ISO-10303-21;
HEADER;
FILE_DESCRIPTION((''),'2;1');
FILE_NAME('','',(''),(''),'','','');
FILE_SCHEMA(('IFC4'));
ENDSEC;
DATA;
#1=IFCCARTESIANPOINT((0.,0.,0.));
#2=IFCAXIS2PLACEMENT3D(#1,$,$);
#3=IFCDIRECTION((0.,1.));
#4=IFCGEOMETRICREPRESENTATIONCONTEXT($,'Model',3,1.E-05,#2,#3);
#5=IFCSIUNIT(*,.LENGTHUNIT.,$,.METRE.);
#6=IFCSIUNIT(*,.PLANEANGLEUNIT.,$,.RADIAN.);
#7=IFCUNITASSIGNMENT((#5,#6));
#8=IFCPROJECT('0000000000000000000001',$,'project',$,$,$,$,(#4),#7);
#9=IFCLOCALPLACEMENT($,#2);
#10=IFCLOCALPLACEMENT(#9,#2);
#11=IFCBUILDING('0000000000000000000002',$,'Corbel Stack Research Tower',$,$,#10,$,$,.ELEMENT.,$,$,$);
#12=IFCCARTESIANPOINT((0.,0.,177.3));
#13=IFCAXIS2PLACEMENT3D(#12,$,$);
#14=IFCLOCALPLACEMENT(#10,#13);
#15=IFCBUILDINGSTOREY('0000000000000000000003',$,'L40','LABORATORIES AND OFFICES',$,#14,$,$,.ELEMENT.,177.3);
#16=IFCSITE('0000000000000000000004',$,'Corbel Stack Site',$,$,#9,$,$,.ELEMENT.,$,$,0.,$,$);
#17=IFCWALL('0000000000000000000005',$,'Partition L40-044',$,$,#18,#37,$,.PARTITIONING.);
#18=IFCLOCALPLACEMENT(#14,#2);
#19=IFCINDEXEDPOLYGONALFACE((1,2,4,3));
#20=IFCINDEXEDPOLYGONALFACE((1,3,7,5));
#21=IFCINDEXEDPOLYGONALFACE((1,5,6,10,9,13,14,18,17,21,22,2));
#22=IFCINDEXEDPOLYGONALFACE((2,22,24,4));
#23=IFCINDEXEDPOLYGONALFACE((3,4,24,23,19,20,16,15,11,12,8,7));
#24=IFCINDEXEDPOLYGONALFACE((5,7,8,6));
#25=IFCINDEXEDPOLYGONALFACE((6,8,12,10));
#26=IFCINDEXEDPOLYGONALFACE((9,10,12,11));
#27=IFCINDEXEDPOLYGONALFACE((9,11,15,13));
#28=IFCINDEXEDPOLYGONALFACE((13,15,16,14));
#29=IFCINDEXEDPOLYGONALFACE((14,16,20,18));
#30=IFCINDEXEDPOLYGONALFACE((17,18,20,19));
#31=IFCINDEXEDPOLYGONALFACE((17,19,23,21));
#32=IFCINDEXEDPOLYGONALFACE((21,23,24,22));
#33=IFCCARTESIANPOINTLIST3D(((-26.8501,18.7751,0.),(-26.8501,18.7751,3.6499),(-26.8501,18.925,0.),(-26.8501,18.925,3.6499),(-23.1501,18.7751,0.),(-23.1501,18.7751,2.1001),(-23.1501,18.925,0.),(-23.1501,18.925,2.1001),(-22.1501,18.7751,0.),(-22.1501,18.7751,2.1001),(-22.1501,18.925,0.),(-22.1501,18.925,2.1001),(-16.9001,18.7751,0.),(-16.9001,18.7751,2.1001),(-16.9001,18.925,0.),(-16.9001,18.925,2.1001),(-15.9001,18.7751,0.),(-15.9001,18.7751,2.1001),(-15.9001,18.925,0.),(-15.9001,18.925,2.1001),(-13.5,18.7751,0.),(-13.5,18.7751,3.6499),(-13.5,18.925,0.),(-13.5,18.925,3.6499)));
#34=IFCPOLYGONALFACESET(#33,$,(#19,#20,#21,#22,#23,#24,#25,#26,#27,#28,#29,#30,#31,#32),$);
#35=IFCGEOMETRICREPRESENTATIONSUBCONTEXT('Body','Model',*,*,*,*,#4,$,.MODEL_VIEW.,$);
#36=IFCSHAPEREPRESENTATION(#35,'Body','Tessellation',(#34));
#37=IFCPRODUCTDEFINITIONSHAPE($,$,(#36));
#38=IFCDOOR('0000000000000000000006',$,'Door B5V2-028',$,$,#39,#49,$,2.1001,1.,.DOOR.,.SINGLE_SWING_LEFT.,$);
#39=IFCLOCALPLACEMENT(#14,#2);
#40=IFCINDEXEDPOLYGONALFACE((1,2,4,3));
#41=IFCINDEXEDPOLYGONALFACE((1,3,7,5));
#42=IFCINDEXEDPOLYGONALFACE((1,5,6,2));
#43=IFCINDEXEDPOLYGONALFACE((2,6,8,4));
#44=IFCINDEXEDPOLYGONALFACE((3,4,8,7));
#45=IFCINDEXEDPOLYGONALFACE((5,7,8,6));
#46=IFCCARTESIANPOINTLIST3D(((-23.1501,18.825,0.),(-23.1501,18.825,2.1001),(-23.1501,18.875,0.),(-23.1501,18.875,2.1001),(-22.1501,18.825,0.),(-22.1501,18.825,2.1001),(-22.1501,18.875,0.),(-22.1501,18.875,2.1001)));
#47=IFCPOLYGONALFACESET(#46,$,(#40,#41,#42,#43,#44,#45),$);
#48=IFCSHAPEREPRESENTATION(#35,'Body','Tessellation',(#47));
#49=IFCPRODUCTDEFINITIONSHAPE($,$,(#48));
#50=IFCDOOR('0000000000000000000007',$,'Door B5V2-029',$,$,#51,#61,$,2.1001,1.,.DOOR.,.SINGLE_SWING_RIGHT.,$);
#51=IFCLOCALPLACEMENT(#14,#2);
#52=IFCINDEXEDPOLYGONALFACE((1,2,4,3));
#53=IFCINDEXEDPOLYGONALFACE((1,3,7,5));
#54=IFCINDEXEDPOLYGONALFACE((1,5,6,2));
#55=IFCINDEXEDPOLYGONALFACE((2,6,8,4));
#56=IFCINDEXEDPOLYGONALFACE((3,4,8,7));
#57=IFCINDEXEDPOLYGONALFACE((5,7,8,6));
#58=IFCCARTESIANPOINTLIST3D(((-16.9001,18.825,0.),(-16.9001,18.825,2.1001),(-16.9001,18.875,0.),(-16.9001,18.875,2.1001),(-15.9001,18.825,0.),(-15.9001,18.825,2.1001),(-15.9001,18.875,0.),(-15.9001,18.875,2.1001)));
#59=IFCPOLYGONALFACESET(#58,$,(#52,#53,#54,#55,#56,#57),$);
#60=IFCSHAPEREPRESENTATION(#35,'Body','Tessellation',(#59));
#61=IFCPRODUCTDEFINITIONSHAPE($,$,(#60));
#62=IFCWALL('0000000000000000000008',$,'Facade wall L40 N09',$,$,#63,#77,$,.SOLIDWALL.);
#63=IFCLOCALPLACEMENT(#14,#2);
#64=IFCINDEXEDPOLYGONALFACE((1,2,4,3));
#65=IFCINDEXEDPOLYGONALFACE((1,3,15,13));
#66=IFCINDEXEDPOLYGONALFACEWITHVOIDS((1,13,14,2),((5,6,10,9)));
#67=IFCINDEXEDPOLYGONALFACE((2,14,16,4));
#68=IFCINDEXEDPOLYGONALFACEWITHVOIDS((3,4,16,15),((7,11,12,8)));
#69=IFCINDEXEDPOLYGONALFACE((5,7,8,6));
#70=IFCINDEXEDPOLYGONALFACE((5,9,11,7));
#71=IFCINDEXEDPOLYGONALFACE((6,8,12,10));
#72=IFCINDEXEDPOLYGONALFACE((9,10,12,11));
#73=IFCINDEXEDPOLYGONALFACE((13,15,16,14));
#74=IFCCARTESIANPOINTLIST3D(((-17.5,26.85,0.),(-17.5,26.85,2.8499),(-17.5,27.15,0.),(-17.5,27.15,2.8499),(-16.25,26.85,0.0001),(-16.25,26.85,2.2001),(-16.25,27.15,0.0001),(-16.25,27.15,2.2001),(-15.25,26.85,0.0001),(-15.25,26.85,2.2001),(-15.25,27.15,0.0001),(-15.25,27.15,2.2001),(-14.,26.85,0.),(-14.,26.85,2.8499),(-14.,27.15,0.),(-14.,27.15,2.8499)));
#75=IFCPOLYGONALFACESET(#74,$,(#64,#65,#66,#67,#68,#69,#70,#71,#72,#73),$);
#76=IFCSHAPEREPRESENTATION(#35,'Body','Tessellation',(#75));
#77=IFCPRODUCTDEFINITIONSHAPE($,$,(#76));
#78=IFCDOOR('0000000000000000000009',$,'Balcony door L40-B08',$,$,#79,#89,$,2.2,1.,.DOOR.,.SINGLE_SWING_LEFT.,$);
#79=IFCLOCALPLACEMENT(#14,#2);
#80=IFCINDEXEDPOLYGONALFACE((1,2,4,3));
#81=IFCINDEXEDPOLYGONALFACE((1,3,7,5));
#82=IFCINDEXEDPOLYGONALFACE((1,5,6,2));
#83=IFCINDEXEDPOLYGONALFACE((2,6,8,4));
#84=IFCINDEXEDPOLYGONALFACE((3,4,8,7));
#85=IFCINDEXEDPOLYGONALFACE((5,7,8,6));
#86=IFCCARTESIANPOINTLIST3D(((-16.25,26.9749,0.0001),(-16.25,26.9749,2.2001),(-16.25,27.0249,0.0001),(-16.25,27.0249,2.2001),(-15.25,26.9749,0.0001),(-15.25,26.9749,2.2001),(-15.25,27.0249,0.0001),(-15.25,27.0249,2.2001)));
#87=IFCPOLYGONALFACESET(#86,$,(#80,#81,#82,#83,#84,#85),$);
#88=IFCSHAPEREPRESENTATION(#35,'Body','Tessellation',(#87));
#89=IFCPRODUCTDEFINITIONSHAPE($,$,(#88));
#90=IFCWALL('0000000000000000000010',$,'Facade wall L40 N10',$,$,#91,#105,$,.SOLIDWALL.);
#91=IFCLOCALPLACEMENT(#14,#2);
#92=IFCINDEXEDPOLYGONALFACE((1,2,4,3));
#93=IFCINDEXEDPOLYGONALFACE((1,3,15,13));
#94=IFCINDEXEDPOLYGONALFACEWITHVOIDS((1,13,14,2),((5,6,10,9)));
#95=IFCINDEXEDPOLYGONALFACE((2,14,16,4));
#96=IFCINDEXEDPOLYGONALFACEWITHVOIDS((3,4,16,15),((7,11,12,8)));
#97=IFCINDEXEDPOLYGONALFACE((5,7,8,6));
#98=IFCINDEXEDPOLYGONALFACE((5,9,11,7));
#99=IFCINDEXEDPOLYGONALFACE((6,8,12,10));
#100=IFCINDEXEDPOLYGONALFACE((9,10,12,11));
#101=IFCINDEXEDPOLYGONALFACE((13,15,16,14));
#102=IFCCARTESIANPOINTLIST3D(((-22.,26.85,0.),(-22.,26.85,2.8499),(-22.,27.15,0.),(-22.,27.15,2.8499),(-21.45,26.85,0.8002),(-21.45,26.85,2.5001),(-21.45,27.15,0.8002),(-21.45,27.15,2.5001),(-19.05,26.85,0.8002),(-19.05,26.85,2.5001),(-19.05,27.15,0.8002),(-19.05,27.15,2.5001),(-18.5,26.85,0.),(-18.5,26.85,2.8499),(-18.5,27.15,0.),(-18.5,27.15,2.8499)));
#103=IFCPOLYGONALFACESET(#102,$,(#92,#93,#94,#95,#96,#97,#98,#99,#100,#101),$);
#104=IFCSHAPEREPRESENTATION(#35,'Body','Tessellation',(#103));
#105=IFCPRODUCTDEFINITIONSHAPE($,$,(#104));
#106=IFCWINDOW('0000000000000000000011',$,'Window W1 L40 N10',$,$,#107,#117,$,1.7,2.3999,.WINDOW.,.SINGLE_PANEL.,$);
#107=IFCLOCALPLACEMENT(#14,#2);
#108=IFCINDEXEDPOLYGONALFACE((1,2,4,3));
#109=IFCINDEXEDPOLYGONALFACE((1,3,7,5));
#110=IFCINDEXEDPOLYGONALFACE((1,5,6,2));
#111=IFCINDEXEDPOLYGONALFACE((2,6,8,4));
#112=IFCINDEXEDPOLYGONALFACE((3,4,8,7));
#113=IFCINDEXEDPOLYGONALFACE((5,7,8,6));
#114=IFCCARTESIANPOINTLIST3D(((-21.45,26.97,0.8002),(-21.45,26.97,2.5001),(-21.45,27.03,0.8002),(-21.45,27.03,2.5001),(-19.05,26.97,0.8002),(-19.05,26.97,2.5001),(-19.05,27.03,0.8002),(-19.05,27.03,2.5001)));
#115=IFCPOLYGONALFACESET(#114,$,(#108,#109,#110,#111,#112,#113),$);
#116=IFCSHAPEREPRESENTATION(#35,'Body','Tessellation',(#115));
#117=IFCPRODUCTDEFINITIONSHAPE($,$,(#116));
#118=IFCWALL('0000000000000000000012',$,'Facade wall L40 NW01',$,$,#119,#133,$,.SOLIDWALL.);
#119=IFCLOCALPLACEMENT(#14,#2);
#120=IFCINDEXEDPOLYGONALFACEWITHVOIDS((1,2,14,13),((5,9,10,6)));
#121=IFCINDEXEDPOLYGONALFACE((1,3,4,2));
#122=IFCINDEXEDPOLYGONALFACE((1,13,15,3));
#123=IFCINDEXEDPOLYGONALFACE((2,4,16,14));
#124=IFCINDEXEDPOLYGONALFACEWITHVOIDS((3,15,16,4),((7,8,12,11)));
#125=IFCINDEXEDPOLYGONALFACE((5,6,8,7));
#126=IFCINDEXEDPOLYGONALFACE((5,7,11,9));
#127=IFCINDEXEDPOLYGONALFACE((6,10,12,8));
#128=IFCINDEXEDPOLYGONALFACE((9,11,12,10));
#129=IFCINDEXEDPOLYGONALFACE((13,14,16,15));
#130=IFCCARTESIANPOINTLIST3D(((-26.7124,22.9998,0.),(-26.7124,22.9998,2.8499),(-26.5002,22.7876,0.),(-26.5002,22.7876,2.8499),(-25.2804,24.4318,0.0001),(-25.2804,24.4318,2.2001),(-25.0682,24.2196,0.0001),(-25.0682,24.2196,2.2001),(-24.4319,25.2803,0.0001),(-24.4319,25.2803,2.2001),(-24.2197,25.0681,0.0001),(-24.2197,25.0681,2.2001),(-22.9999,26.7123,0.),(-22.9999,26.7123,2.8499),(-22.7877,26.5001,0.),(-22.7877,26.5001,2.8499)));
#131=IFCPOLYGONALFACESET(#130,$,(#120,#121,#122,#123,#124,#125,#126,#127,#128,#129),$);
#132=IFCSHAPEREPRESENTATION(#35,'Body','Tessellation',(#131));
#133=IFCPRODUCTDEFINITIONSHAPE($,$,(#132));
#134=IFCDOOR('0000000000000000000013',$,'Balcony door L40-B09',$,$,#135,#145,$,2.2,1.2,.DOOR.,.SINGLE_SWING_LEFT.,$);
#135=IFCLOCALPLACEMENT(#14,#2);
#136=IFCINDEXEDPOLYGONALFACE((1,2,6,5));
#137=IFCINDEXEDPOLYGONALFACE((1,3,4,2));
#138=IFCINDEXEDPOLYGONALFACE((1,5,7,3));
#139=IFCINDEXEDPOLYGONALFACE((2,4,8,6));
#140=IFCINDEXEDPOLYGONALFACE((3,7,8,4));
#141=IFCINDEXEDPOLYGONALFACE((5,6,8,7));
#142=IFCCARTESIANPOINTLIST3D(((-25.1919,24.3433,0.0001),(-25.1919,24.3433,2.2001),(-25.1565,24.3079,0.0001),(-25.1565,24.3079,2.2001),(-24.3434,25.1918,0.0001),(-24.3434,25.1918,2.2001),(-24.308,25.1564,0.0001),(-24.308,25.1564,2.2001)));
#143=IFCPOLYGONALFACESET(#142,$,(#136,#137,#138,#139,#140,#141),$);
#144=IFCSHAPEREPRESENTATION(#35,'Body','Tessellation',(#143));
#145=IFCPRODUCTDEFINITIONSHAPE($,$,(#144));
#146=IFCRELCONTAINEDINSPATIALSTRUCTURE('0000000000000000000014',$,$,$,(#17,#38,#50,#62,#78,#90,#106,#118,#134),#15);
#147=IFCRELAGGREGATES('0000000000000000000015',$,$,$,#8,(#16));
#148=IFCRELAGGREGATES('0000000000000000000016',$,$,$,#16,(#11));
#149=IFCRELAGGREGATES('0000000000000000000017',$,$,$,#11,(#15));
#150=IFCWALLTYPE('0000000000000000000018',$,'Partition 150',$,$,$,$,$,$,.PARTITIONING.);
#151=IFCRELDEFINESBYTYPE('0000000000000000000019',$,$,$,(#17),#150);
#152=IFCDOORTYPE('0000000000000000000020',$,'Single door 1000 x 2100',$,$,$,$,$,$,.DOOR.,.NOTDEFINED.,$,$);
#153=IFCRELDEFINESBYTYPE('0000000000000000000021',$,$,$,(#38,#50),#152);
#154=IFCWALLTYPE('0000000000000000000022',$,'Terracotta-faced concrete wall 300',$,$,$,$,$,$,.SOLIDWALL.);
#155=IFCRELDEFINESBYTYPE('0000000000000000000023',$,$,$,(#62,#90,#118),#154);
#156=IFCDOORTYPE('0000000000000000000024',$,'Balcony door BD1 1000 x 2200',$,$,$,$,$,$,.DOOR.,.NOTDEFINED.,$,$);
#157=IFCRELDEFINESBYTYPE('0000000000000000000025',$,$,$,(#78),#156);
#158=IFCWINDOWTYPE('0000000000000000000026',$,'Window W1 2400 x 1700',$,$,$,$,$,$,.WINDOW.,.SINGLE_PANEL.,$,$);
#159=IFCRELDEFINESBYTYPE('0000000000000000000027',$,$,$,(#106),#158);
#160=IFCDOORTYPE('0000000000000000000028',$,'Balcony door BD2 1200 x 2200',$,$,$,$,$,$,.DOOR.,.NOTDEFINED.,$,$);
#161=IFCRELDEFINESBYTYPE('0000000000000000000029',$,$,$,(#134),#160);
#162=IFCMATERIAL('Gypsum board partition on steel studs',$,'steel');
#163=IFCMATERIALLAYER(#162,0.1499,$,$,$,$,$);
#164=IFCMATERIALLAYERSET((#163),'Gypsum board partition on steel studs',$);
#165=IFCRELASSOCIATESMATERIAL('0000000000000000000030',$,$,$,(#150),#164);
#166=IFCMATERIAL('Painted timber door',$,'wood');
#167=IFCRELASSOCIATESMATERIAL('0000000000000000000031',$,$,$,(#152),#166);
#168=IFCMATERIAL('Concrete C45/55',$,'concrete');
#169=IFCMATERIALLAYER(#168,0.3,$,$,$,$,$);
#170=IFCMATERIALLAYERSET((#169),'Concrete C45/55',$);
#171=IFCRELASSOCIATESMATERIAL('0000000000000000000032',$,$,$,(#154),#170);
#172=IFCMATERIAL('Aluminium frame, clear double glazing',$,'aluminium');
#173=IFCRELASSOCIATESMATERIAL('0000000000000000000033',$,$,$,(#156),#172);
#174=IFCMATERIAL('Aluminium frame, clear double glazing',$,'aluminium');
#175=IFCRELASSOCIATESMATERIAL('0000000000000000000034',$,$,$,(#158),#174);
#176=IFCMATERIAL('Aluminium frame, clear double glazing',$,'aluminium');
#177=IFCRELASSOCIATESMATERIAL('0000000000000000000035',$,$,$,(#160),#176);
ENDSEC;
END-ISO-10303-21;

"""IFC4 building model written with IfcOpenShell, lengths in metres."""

from ifc_helpers import new_model, si_unit, direction, frame, frame_2d, origin, place, context, subcontext, project, spatial, rectangle, extrude, material, layer, layer_set, type_object, element, fill, save


model = new_model("IFC4")

# Units and contexts
model_context = context("Model", 3, precision=1e-05, world=origin(), true_north=direction((0.0, 1.0)))
body_context = subcontext(model_context, "Body", "Model", "MODEL_VIEW")
ifc_project = project(units=[si_unit("LENGTHUNIT", "METRE"), si_unit("PLANEANGLEUNIT", "RADIAN")], contexts=[model_context])

# Site, building, storey
site_placement = place(None, origin())
site = spatial("IfcSite", under=ifc_project, at=site_placement, Name="Corbel Stack Site", CompositionType="ELEMENT", RefElevation=0.0)
building_placement = place(site_placement, origin())
building = spatial("IfcBuilding", under=site, at=building_placement, Name="Corbel Stack Research Tower", CompositionType="ELEMENT")
storey_placement = place(building_placement, frame((0.0, 0.0, 177.3)))
storey = spatial("IfcBuildingStorey", under=building, at=storey_placement, Name="L40", Description="LABORATORIES AND OFFICES", CompositionType="ELEMENT", Elevation=177.3)

# Wall, openings, doors
ifc_material_1 = material(Name="Gypsum board partition on steel studs", Category="steel")
ifc_layer_1 = layer(ifc_material_1, 0.1499)
ifc_layer_set_1 = layer_set([ifc_layer_1], Name="Gypsum board partition on steel studs")
wall_type_1 = type_object("IfcWallType", Name="Partition 150", PredefinedType="PARTITIONING", material=ifc_layer_set_1)
wall_1_placement = place(storey_placement, frame((-26.8501, 18.8501, 0.0), z_axis=(0.0, 0.0, 1.0), x_axis=(1.0, 0.0, 0.0)))
wall_1 = element("IfcWall", 1, at=wall_1_placement, inside=storey, type_object=wall_type_1, Name="Partition L40-044", PredefinedType="PARTITIONING", context=body_context, shape_type="SweptSolid", body=[
    extrude(rectangle(XDim=13.3501, YDim=0.1499, at=frame_2d((6.675, 0.0))), origin(), (0.0, 0.0, 1.0), 3.6499),
])
opening_1_placement = place(wall_1_placement, frame((3.7, 0.0, 0.0)))
opening_1 = element("IfcOpeningElement", 2, at=opening_1_placement, cuts=wall_1, PredefinedType="OPENING", context=body_context, shape_type="SweptSolid", body=[
    extrude(rectangle(XDim=1.0, YDim=2.1001, at=frame_2d((0.5, 1.05))), frame((0.0, 0.085, 0.0), z_axis=(0.0, -1.0, 0.0), x_axis=(1.0, 0.0, 0.0)), (0.0, 0.0, 1.0), 0.1699),
])
opening_2_placement = place(wall_1_placement, frame((9.95, 0.0, 0.0)))
opening_2 = element("IfcOpeningElement", 3, at=opening_2_placement, cuts=wall_1, PredefinedType="OPENING", context=body_context, shape_type="SweptSolid", body=[
    extrude(rectangle(XDim=1.0, YDim=2.1001, at=frame_2d((0.5, 1.05))), frame((0.0, 0.085, 0.0), z_axis=(0.0, -1.0, 0.0), x_axis=(1.0, 0.0, 0.0)), (0.0, 0.0, 1.0), 0.1699),
])
ifc_material_2 = material(Name="Painted timber door", Category="wood")
door_type_1 = type_object("IfcDoorType", Name="Single door 1000 x 2100", OperationType="NOTDEFINED", PredefinedType="DOOR", material=ifc_material_2)
door_1_placement = place(opening_1_placement, origin())
door_1 = element("IfcDoor", 4, at=door_1_placement, inside=storey, type_object=door_type_1, Name="Door B5V2-028", OperationType="SINGLE_SWING_LEFT", OverallHeight=2.1001, OverallWidth=1.0, PredefinedType="DOOR", context=body_context, shape_type="SweptSolid", body=[
    extrude(rectangle(XDim=1.0, YDim=2.1001, at=frame_2d((0.5, 1.05))), frame((0.0, 0.0249, 0.0), z_axis=(0.0, -1.0, 0.0), x_axis=(1.0, 0.0, 0.0)), (0.0, 0.0, 1.0), 0.05),
])
fill(opening_1, door_1)
door_2_placement = place(opening_2_placement, origin())
door_2 = element("IfcDoor", 5, at=door_2_placement, inside=storey, type_object=door_type_1, Name="Door B5V2-029", OperationType="SINGLE_SWING_RIGHT", OverallHeight=2.1001, OverallWidth=1.0, PredefinedType="DOOR", context=body_context, shape_type="SweptSolid", body=[
    extrude(rectangle(XDim=1.0, YDim=2.1001, at=frame_2d((0.5, 1.05))), frame((0.0, 0.0249, 0.0), z_axis=(0.0, -1.0, 0.0), x_axis=(1.0, 0.0, 0.0)), (0.0, 0.0, 1.0), 0.05),
])
fill(opening_2, door_2)

# Wall, opening, door
ifc_material_3 = material(Name="Concrete C45/55", Category="concrete")
ifc_layer_2 = layer(ifc_material_3, 0.3)
ifc_layer_set_2 = layer_set([ifc_layer_2], Name="Concrete C45/55")
wall_type_2 = type_object("IfcWallType", Name="Terracotta-faced concrete wall 300", PredefinedType="SOLIDWALL", material=ifc_layer_set_2)
wall_2_placement = place(storey_placement, frame((-17.5, 27.0, 0.0), z_axis=(0.0, 0.0, 1.0), x_axis=(1.0, 0.0, 0.0)))
wall_2 = element("IfcWall", 6, at=wall_2_placement, inside=storey, type_object=wall_type_2, Name="Facade wall L40 N09", PredefinedType="SOLIDWALL", context=body_context, shape_type="SweptSolid", body=[
    extrude(rectangle(XDim=3.5, YDim=0.3, at=frame_2d((1.75, 0.0))), origin(), (0.0, 0.0, 1.0), 2.8499),
])
opening_3_placement = place(wall_2_placement, frame((1.25, 0.0, 0.0)))
opening_3 = element("IfcOpeningElement", 7, at=opening_3_placement, cuts=wall_2, PredefinedType="OPENING", context=body_context, shape_type="SweptSolid", body=[
    extrude(rectangle(XDim=1.0, YDim=2.2, at=frame_2d((0.5, 1.1001))), frame((0.0, 0.1599, 0.0), z_axis=(0.0, -1.0, 0.0), x_axis=(1.0, 0.0, 0.0)), (0.0, 0.0, 1.0), 0.3201),
])
ifc_material_4 = material(Name="Aluminium frame, clear double glazing", Category="aluminium")
door_type_2 = type_object("IfcDoorType", Name="Balcony door BD1 1000 x 2200", OperationType="NOTDEFINED", PredefinedType="DOOR", material=ifc_material_4)
door_3_placement = place(opening_3_placement, origin())
door_3 = element("IfcDoor", 8, at=door_3_placement, inside=storey, type_object=door_type_2, Name="Balcony door L40-B08", OperationType="SINGLE_SWING_LEFT", OverallHeight=2.2, OverallWidth=1.0, PredefinedType="DOOR", context=body_context, shape_type="SweptSolid", body=[
    extrude(rectangle(XDim=1.0, YDim=2.2, at=frame_2d((0.5, 1.1001))), frame((0.0, 0.0249, 0.0), z_axis=(0.0, -1.0, 0.0), x_axis=(1.0, 0.0, 0.0)), (0.0, 0.0, 1.0), 0.05),
])
fill(opening_3, door_3)

# Wall, opening, window
wall_3_placement = place(storey_placement, frame((-22.0, 27.0, 0.0), z_axis=(0.0, 0.0, 1.0), x_axis=(1.0, 0.0, 0.0)))
wall_3 = element("IfcWall", 9, at=wall_3_placement, inside=storey, type_object=wall_type_2, Name="Facade wall L40 N10", PredefinedType="SOLIDWALL", context=body_context, shape_type="SweptSolid", body=[
    extrude(rectangle(XDim=3.5, YDim=0.3, at=frame_2d((1.75, 0.0))), origin(), (0.0, 0.0, 1.0), 2.8499),
])
opening_4_placement = place(wall_3_placement, frame((0.55, 0.0, 0.8)))
opening_4 = element("IfcOpeningElement", 10, at=opening_4_placement, cuts=wall_3, PredefinedType="OPENING", context=body_context, shape_type="SweptSolid", body=[
    extrude(rectangle(XDim=2.3999, YDim=1.7, at=frame_2d((1.2, 0.8501))), frame((0.0, 0.1599, 0.0), z_axis=(0.0, -1.0, 0.0), x_axis=(1.0, 0.0, 0.0)), (0.0, 0.0, 1.0), 0.3201),
])
ifc_material_5 = material(Name="Aluminium frame, clear double glazing", Category="aluminium")
window_type = type_object("IfcWindowType", Name="Window W1 2400 x 1700", PartitioningType="SINGLE_PANEL", PredefinedType="WINDOW", material=ifc_material_5)
window_1_placement = place(opening_4_placement, origin())
window_1 = element("IfcWindow", 11, at=window_1_placement, inside=storey, type_object=window_type, Name="Window W1 L40 N10", OverallHeight=1.7, OverallWidth=2.3999, PartitioningType="SINGLE_PANEL", PredefinedType="WINDOW", context=body_context, shape_type="SweptSolid", body=[
    extrude(rectangle(XDim=2.3999, YDim=1.7, at=frame_2d((1.2, 0.8501))), frame((0.0, 0.03, 0.0), z_axis=(0.0, -1.0, 0.0), x_axis=(1.0, 0.0, 0.0)), (0.0, 0.0, 1.0), 0.0601),
])
fill(opening_4, window_1)

# Wall, opening, door
wall_4_placement = place(storey_placement, frame((-26.6062, 22.8938, 0.0), z_axis=(0.0, 0.0, 1.0), x_axis=(0.707107, 0.707107, 0.0)))
wall_4 = element("IfcWall", 12, at=wall_4_placement, inside=storey, type_object=wall_type_2, Name="Facade wall L40 NW01", PredefinedType="SOLIDWALL", context=body_context, shape_type="SweptSolid", body=[
    extrude(rectangle(XDim=5.2502, YDim=0.3, at=frame_2d((2.625, 0.0))), origin(), (0.0, 0.0, 1.0), 2.8499),
])
opening_5_placement = place(wall_4_placement, frame((2.0249, 0.0, 0.0)))
opening_5 = element("IfcOpeningElement", 13, at=opening_5_placement, cuts=wall_4, PredefinedType="OPENING", context=body_context, shape_type="SweptSolid", body=[
    extrude(rectangle(XDim=1.2, YDim=2.2, at=frame_2d((0.6001, 1.1001))), frame((0.0, 0.1599, 0.0), z_axis=(0.0, -1.0, 0.0), x_axis=(1.0, 0.0, 0.0)), (0.0, 0.0, 1.0), 0.3201),
])
ifc_material_6 = material(Name="Aluminium frame, clear double glazing", Category="aluminium")
door_type_3 = type_object("IfcDoorType", Name="Balcony door BD2 1200 x 2200", OperationType="NOTDEFINED", PredefinedType="DOOR", material=ifc_material_6)
door_4_placement = place(opening_5_placement, origin())
door_4 = element("IfcDoor", 14, at=door_4_placement, inside=storey, type_object=door_type_3, Name="Balcony door L40-B09", OperationType="SINGLE_SWING_LEFT", OverallHeight=2.2, OverallWidth=1.2, PredefinedType="DOOR", context=body_context, shape_type="SweptSolid", body=[
    extrude(rectangle(XDim=1.2, YDim=2.2, at=frame_2d((0.6001, 1.1001))), frame((0.0, 0.0249, 0.0), z_axis=(0.0, -1.0, 0.0), x_axis=(1.0, 0.0, 0.0)), (0.0, 0.0, 1.0), 0.05),
])
fill(opening_5, door_4)

save(model, "model.ifc")
